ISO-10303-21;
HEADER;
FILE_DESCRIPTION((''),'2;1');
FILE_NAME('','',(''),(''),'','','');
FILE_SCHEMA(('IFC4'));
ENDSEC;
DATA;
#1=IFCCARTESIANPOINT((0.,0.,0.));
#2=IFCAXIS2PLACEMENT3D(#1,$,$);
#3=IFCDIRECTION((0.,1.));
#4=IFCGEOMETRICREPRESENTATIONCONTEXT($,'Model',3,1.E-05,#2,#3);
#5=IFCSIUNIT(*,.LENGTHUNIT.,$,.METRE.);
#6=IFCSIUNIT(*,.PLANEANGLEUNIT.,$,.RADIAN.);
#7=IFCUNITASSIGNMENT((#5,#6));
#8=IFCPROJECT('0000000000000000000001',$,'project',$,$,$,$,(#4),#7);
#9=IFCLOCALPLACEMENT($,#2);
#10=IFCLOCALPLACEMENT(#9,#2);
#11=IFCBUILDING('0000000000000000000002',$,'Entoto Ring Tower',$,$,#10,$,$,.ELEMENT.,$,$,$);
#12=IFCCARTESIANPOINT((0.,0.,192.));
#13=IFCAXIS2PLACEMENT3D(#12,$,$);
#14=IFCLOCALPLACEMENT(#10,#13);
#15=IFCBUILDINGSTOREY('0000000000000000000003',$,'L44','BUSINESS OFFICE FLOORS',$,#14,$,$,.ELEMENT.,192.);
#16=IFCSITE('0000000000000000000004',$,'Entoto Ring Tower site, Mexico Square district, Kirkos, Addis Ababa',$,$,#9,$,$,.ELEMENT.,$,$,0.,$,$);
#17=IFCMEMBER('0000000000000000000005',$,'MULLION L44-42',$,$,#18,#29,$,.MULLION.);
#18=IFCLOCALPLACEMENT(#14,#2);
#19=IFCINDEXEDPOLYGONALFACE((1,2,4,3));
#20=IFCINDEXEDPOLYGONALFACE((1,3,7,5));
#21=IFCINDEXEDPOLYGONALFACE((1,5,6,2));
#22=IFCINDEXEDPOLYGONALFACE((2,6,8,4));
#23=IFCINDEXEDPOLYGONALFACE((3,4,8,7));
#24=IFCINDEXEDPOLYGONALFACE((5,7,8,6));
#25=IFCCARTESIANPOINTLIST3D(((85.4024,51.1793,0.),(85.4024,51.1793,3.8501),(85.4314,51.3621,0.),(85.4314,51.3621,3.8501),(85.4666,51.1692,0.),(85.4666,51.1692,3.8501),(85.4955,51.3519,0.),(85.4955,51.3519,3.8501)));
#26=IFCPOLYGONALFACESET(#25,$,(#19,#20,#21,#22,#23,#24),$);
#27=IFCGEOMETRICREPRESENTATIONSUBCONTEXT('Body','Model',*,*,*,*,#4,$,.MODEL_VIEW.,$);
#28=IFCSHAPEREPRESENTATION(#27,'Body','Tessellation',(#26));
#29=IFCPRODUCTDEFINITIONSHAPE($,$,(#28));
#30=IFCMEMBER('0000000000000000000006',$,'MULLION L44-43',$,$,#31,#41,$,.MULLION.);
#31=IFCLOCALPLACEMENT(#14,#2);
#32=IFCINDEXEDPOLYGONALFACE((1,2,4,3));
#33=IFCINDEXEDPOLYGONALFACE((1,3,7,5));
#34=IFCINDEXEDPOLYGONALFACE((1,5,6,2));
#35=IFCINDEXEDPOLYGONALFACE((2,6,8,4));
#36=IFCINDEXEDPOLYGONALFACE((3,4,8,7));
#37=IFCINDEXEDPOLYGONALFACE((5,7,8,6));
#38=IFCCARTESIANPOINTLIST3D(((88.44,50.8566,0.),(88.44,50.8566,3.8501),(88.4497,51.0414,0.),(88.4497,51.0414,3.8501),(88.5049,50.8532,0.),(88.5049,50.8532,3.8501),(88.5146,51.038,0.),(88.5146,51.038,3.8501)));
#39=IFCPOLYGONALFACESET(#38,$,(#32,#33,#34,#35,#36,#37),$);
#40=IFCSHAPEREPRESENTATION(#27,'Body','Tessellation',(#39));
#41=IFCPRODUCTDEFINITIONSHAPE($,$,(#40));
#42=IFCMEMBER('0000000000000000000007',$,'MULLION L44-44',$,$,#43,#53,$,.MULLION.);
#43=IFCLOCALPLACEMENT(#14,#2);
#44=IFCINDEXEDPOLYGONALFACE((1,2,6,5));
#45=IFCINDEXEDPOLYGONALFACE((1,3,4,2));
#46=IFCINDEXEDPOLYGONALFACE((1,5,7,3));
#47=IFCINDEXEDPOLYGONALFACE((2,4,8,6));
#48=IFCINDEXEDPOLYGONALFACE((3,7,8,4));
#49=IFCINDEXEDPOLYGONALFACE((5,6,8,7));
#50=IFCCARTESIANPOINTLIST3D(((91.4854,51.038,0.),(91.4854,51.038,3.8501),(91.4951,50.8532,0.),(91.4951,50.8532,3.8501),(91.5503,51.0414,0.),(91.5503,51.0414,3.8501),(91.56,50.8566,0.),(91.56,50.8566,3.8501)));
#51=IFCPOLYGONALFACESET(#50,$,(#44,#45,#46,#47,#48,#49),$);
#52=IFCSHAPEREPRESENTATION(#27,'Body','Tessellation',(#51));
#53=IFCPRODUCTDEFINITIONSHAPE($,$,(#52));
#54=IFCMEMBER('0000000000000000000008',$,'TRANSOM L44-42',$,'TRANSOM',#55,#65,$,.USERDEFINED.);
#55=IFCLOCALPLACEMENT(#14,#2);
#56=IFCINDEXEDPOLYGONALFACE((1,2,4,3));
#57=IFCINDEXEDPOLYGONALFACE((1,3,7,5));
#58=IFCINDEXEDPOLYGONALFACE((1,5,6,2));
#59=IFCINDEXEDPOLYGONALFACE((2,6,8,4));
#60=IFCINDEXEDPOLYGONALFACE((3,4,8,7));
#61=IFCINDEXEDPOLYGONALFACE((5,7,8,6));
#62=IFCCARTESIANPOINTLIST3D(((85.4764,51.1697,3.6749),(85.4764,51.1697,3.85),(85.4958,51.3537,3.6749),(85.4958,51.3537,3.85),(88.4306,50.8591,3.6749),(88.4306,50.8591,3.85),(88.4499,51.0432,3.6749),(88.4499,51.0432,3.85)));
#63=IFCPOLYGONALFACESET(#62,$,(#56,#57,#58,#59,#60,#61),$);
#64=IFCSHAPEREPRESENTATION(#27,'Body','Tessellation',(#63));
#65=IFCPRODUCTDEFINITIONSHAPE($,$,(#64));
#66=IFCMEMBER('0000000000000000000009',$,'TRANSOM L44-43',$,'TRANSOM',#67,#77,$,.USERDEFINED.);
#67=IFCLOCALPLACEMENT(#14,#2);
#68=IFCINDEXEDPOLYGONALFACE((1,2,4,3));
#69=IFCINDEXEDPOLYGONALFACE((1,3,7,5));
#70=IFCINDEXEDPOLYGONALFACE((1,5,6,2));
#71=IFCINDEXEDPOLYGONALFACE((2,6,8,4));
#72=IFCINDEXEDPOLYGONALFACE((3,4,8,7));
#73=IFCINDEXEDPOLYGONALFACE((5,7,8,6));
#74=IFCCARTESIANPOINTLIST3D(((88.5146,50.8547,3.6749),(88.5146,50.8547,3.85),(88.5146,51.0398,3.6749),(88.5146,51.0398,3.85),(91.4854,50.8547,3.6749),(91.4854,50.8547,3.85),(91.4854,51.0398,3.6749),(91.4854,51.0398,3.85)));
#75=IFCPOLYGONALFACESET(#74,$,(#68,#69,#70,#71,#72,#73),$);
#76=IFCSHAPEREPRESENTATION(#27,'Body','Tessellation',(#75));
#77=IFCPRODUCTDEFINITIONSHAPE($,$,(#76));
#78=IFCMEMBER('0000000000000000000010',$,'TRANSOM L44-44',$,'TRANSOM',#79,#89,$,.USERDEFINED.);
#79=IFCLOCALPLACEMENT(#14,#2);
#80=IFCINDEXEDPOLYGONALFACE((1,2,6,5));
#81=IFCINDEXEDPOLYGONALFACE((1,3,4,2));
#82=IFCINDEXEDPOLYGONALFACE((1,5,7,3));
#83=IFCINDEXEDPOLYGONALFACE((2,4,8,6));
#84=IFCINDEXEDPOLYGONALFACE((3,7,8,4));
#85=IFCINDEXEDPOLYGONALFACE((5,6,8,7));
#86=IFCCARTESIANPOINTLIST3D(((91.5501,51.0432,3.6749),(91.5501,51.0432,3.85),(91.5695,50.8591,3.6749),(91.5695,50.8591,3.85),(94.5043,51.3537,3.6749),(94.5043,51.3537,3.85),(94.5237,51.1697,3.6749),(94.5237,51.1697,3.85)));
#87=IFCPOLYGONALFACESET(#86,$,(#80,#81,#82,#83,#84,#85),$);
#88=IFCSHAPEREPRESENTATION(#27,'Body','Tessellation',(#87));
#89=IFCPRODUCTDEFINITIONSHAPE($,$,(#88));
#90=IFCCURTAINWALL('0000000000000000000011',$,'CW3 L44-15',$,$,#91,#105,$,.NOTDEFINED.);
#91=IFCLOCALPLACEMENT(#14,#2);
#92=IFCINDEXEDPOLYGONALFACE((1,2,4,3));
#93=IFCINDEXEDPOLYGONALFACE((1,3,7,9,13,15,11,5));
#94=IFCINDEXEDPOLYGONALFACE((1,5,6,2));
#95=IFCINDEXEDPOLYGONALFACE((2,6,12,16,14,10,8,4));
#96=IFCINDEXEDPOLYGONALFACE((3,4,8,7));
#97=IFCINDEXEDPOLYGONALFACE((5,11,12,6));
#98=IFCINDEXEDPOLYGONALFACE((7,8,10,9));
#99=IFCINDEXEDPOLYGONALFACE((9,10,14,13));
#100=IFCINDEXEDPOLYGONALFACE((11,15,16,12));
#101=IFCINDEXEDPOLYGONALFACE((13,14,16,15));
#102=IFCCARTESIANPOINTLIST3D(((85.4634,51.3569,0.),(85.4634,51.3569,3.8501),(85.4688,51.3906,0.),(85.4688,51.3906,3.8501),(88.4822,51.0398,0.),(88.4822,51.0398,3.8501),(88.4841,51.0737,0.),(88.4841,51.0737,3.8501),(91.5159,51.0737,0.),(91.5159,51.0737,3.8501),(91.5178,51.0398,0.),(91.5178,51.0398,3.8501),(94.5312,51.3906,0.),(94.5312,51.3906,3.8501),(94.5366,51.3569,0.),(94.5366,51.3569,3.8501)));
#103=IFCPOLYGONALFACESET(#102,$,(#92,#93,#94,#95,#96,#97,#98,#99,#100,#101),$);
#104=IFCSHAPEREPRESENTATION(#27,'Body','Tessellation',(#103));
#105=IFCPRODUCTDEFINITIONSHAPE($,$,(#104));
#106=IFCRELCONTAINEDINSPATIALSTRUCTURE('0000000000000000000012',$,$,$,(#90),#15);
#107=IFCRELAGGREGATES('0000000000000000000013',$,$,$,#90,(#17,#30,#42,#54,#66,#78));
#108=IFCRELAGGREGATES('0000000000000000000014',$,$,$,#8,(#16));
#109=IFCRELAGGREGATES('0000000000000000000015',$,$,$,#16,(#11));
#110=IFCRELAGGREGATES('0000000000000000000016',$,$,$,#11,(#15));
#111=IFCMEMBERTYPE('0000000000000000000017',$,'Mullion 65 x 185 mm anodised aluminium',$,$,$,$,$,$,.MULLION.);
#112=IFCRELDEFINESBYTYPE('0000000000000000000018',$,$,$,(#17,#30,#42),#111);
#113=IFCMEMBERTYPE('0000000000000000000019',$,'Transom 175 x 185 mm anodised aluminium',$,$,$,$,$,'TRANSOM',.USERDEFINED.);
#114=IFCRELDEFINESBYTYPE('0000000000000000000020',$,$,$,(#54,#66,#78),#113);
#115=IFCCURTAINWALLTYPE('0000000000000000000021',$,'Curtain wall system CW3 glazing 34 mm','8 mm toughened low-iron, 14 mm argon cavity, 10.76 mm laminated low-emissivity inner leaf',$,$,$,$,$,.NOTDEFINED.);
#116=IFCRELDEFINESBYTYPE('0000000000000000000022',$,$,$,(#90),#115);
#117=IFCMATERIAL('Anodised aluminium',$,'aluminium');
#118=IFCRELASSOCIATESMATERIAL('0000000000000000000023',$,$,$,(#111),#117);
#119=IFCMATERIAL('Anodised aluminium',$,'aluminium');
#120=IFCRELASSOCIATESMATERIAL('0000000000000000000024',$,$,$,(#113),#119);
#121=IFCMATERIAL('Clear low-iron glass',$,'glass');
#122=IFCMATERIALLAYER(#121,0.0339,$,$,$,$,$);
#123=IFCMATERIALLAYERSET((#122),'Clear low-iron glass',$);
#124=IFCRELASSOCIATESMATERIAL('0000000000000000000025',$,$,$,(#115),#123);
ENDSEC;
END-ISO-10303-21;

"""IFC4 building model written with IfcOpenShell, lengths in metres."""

from ifc_helpers import new_model, si_unit, direction, frame, origin, origin_2d, place, context, subcontext, project, spatial, polyline, rectangle, outline, extrude, material, layer, layer_set, material_profile, profile_set, type_object, element, aggregate, save


model = new_model("IFC4")

# Units and contexts
model_context = context("Model", 3, precision=1e-05, world=origin(), true_north=direction((0.0, 1.0)))
body_context = subcontext(model_context, "Body", "Model", "MODEL_VIEW")
ifc_project = project(units=[si_unit("LENGTHUNIT", "METRE"), si_unit("PLANEANGLEUNIT", "RADIAN")], contexts=[model_context])

# Members
ifc_material_1 = material(Name="Anodised aluminium", Category="aluminium")
ifc_material_profile_1 = material_profile(ifc_material_1, rectangle(XDim=0.0649, YDim=0.1851, at=origin_2d()), Name="Mullion 65 x 185 mm anodised aluminium")
ifc_profile_set_1 = profile_set([ifc_material_profile_1], Name="Anodised aluminium")
member_type_1 = type_object("IfcMemberType", Name="Mullion 65 x 185 mm anodised aluminium", PredefinedType="MULLION", material=ifc_profile_set_1)
site_placement = place(None, origin())
building_placement = place(site_placement, origin())
storey_placement = place(building_placement, frame((0.0, 0.0, 192.0)))
member_1_placement = place(storey_placement, frame((85.449, 51.2656, 0.0), z_axis=(0.0, 0.0, 1.0), x_axis=(0.987688, -0.156434, 0.0)))
member_1 = element("IfcMember", 1, at=member_1_placement, type_object=member_type_1, Name="MULLION L44-42", PredefinedType="MULLION", context=body_context, shape_type="SweptSolid", body=[
    extrude(rectangle(XDim=0.0649, YDim=0.1851, at=origin_2d()), origin(), (0.0, 0.0, 1.0), 3.8501),
])
member_2_placement = place(storey_placement, frame((88.4773, 50.9473, 0.0), z_axis=(0.0, 0.0, 1.0), x_axis=(0.99863, -0.052336, 0.0)))
member_2 = element("IfcMember", 2, at=member_2_placement, type_object=member_type_1, Name="MULLION L44-43", PredefinedType="MULLION", context=body_context, shape_type="SweptSolid", body=[
    extrude(rectangle(XDim=0.0649, YDim=0.1851, at=origin_2d()), origin(), (0.0, 0.0, 1.0), 3.8501),
])
member_3_placement = place(storey_placement, frame((91.5227, 50.9473, 0.0), z_axis=(0.0, 0.0, 1.0), x_axis=(0.99863, 0.052336, 0.0)))
member_3 = element("IfcMember", 3, at=member_3_placement, type_object=member_type_1, Name="MULLION L44-44", PredefinedType="MULLION", context=body_context, shape_type="SweptSolid", body=[
    extrude(rectangle(XDim=0.0649, YDim=0.1851, at=origin_2d()), origin(), (0.0, 0.0, 1.0), 3.8501),
])
ifc_material_2 = material(Name="Anodised aluminium", Category="aluminium")
ifc_material_profile_2 = material_profile(ifc_material_2, rectangle(XDim=0.1851, YDim=0.175, at=origin_2d()), Name="Transom 175 x 185 mm anodised aluminium")
ifc_profile_set_2 = profile_set([ifc_material_profile_2], Name="Anodised aluminium")
member_type_2 = type_object("IfcMemberType", Name="Transom 175 x 185 mm anodised aluminium", ElementType="TRANSOM", PredefinedType="USERDEFINED", material=ifc_profile_set_2)
member_4_placement = place(storey_placement, frame((85.4861, 51.2617, 3.7625), z_axis=(0.99452, -0.104548, 0.0), x_axis=(0.104548, 0.99452, 0.0)))
member_4 = element("IfcMember", 4, at=member_4_placement, type_object=member_type_2, Name="TRANSOM L44-42", ObjectType="TRANSOM", PredefinedType="USERDEFINED", context=body_context, shape_type="SweptSolid", body=[
    extrude(rectangle(XDim=0.1851, YDim=0.175, at=origin_2d()), origin(), (0.0, 0.0, 1.0), 2.9705),
])
member_5_placement = place(storey_placement, frame((88.5146, 50.9473, 3.7625), z_axis=(1.0, 0.0, 0.0), x_axis=(0.0, 1.0, 0.0)))
member_5 = element("IfcMember", 5, at=member_5_placement, type_object=member_type_2, Name="TRANSOM L44-43", ObjectType="TRANSOM", PredefinedType="USERDEFINED", context=body_context, shape_type="SweptSolid", body=[
    extrude(rectangle(XDim=0.1851, YDim=0.175, at=origin_2d()), origin(), (0.0, 0.0, 1.0), 2.9707),
])
member_6_placement = place(storey_placement, frame((91.5598, 50.9512, 3.7625), z_axis=(0.99452, 0.104548, 0.0), x_axis=(-0.104548, 0.99452, 0.0)))
member_6 = element("IfcMember", 6, at=member_6_placement, type_object=member_type_2, Name="TRANSOM L44-44", ObjectType="TRANSOM", PredefinedType="USERDEFINED", context=body_context, shape_type="SweptSolid", body=[
    extrude(rectangle(XDim=0.1851, YDim=0.175, at=origin_2d()), origin(), (0.0, 0.0, 1.0), 2.9705),
])

# Site, building, storey
site = spatial("IfcSite", under=ifc_project, at=site_placement, Name="Entoto Ring Tower site, Mexico Square district, Kirkos, Addis Ababa", CompositionType="ELEMENT", RefElevation=0.0)
building = spatial("IfcBuilding", under=site, at=building_placement, Name="Entoto Ring Tower", CompositionType="ELEMENT")
storey = spatial("IfcBuildingStorey", under=building, at=storey_placement, Name="L44", Description="BUSINESS OFFICE FLOORS", CompositionType="ELEMENT", Elevation=192.0)

# Curtain wall
ifc_material_3 = material(Name="Clear low-iron glass", Category="glass")
ifc_layer = layer(ifc_material_3, 0.0339)
ifc_layer_set = layer_set([ifc_layer], Name="Clear low-iron glass")
curtain_wall_type = type_object("IfcCurtainWallType", Name="Curtain wall system CW3 glazing 34 mm", Description="8 mm toughened low-iron, 14 mm argon cavity, 10.76 mm laminated low-emissivity inner leaf", PredefinedType="NOTDEFINED", material=ifc_layer_set)
curtain_wall_1_placement = place(storey_placement, origin())
curtain_wall_1 = element("IfcCurtainWall", 7, at=curtain_wall_1_placement, inside=storey, type_object=curtain_wall_type, Name="CW3 L44-15", PredefinedType="NOTDEFINED", context=body_context, shape_type="SweptSolid", body=[
    extrude(outline(polyline([(85.4634, 51.3569), (88.4822, 51.0398), (91.5178, 51.0398), (94.5366, 51.3569), (94.5312, 51.3906), (91.5159, 51.0737), (88.4841, 51.0737), (85.4688, 51.3906), (85.4634, 51.3569)])), origin(), (0.0, 0.0, 1.0), 3.8501),
])
aggregate(curtain_wall_1, [member_1, member_2, member_3, member_4, member_5, member_6])

save(model, "model.ifc")
